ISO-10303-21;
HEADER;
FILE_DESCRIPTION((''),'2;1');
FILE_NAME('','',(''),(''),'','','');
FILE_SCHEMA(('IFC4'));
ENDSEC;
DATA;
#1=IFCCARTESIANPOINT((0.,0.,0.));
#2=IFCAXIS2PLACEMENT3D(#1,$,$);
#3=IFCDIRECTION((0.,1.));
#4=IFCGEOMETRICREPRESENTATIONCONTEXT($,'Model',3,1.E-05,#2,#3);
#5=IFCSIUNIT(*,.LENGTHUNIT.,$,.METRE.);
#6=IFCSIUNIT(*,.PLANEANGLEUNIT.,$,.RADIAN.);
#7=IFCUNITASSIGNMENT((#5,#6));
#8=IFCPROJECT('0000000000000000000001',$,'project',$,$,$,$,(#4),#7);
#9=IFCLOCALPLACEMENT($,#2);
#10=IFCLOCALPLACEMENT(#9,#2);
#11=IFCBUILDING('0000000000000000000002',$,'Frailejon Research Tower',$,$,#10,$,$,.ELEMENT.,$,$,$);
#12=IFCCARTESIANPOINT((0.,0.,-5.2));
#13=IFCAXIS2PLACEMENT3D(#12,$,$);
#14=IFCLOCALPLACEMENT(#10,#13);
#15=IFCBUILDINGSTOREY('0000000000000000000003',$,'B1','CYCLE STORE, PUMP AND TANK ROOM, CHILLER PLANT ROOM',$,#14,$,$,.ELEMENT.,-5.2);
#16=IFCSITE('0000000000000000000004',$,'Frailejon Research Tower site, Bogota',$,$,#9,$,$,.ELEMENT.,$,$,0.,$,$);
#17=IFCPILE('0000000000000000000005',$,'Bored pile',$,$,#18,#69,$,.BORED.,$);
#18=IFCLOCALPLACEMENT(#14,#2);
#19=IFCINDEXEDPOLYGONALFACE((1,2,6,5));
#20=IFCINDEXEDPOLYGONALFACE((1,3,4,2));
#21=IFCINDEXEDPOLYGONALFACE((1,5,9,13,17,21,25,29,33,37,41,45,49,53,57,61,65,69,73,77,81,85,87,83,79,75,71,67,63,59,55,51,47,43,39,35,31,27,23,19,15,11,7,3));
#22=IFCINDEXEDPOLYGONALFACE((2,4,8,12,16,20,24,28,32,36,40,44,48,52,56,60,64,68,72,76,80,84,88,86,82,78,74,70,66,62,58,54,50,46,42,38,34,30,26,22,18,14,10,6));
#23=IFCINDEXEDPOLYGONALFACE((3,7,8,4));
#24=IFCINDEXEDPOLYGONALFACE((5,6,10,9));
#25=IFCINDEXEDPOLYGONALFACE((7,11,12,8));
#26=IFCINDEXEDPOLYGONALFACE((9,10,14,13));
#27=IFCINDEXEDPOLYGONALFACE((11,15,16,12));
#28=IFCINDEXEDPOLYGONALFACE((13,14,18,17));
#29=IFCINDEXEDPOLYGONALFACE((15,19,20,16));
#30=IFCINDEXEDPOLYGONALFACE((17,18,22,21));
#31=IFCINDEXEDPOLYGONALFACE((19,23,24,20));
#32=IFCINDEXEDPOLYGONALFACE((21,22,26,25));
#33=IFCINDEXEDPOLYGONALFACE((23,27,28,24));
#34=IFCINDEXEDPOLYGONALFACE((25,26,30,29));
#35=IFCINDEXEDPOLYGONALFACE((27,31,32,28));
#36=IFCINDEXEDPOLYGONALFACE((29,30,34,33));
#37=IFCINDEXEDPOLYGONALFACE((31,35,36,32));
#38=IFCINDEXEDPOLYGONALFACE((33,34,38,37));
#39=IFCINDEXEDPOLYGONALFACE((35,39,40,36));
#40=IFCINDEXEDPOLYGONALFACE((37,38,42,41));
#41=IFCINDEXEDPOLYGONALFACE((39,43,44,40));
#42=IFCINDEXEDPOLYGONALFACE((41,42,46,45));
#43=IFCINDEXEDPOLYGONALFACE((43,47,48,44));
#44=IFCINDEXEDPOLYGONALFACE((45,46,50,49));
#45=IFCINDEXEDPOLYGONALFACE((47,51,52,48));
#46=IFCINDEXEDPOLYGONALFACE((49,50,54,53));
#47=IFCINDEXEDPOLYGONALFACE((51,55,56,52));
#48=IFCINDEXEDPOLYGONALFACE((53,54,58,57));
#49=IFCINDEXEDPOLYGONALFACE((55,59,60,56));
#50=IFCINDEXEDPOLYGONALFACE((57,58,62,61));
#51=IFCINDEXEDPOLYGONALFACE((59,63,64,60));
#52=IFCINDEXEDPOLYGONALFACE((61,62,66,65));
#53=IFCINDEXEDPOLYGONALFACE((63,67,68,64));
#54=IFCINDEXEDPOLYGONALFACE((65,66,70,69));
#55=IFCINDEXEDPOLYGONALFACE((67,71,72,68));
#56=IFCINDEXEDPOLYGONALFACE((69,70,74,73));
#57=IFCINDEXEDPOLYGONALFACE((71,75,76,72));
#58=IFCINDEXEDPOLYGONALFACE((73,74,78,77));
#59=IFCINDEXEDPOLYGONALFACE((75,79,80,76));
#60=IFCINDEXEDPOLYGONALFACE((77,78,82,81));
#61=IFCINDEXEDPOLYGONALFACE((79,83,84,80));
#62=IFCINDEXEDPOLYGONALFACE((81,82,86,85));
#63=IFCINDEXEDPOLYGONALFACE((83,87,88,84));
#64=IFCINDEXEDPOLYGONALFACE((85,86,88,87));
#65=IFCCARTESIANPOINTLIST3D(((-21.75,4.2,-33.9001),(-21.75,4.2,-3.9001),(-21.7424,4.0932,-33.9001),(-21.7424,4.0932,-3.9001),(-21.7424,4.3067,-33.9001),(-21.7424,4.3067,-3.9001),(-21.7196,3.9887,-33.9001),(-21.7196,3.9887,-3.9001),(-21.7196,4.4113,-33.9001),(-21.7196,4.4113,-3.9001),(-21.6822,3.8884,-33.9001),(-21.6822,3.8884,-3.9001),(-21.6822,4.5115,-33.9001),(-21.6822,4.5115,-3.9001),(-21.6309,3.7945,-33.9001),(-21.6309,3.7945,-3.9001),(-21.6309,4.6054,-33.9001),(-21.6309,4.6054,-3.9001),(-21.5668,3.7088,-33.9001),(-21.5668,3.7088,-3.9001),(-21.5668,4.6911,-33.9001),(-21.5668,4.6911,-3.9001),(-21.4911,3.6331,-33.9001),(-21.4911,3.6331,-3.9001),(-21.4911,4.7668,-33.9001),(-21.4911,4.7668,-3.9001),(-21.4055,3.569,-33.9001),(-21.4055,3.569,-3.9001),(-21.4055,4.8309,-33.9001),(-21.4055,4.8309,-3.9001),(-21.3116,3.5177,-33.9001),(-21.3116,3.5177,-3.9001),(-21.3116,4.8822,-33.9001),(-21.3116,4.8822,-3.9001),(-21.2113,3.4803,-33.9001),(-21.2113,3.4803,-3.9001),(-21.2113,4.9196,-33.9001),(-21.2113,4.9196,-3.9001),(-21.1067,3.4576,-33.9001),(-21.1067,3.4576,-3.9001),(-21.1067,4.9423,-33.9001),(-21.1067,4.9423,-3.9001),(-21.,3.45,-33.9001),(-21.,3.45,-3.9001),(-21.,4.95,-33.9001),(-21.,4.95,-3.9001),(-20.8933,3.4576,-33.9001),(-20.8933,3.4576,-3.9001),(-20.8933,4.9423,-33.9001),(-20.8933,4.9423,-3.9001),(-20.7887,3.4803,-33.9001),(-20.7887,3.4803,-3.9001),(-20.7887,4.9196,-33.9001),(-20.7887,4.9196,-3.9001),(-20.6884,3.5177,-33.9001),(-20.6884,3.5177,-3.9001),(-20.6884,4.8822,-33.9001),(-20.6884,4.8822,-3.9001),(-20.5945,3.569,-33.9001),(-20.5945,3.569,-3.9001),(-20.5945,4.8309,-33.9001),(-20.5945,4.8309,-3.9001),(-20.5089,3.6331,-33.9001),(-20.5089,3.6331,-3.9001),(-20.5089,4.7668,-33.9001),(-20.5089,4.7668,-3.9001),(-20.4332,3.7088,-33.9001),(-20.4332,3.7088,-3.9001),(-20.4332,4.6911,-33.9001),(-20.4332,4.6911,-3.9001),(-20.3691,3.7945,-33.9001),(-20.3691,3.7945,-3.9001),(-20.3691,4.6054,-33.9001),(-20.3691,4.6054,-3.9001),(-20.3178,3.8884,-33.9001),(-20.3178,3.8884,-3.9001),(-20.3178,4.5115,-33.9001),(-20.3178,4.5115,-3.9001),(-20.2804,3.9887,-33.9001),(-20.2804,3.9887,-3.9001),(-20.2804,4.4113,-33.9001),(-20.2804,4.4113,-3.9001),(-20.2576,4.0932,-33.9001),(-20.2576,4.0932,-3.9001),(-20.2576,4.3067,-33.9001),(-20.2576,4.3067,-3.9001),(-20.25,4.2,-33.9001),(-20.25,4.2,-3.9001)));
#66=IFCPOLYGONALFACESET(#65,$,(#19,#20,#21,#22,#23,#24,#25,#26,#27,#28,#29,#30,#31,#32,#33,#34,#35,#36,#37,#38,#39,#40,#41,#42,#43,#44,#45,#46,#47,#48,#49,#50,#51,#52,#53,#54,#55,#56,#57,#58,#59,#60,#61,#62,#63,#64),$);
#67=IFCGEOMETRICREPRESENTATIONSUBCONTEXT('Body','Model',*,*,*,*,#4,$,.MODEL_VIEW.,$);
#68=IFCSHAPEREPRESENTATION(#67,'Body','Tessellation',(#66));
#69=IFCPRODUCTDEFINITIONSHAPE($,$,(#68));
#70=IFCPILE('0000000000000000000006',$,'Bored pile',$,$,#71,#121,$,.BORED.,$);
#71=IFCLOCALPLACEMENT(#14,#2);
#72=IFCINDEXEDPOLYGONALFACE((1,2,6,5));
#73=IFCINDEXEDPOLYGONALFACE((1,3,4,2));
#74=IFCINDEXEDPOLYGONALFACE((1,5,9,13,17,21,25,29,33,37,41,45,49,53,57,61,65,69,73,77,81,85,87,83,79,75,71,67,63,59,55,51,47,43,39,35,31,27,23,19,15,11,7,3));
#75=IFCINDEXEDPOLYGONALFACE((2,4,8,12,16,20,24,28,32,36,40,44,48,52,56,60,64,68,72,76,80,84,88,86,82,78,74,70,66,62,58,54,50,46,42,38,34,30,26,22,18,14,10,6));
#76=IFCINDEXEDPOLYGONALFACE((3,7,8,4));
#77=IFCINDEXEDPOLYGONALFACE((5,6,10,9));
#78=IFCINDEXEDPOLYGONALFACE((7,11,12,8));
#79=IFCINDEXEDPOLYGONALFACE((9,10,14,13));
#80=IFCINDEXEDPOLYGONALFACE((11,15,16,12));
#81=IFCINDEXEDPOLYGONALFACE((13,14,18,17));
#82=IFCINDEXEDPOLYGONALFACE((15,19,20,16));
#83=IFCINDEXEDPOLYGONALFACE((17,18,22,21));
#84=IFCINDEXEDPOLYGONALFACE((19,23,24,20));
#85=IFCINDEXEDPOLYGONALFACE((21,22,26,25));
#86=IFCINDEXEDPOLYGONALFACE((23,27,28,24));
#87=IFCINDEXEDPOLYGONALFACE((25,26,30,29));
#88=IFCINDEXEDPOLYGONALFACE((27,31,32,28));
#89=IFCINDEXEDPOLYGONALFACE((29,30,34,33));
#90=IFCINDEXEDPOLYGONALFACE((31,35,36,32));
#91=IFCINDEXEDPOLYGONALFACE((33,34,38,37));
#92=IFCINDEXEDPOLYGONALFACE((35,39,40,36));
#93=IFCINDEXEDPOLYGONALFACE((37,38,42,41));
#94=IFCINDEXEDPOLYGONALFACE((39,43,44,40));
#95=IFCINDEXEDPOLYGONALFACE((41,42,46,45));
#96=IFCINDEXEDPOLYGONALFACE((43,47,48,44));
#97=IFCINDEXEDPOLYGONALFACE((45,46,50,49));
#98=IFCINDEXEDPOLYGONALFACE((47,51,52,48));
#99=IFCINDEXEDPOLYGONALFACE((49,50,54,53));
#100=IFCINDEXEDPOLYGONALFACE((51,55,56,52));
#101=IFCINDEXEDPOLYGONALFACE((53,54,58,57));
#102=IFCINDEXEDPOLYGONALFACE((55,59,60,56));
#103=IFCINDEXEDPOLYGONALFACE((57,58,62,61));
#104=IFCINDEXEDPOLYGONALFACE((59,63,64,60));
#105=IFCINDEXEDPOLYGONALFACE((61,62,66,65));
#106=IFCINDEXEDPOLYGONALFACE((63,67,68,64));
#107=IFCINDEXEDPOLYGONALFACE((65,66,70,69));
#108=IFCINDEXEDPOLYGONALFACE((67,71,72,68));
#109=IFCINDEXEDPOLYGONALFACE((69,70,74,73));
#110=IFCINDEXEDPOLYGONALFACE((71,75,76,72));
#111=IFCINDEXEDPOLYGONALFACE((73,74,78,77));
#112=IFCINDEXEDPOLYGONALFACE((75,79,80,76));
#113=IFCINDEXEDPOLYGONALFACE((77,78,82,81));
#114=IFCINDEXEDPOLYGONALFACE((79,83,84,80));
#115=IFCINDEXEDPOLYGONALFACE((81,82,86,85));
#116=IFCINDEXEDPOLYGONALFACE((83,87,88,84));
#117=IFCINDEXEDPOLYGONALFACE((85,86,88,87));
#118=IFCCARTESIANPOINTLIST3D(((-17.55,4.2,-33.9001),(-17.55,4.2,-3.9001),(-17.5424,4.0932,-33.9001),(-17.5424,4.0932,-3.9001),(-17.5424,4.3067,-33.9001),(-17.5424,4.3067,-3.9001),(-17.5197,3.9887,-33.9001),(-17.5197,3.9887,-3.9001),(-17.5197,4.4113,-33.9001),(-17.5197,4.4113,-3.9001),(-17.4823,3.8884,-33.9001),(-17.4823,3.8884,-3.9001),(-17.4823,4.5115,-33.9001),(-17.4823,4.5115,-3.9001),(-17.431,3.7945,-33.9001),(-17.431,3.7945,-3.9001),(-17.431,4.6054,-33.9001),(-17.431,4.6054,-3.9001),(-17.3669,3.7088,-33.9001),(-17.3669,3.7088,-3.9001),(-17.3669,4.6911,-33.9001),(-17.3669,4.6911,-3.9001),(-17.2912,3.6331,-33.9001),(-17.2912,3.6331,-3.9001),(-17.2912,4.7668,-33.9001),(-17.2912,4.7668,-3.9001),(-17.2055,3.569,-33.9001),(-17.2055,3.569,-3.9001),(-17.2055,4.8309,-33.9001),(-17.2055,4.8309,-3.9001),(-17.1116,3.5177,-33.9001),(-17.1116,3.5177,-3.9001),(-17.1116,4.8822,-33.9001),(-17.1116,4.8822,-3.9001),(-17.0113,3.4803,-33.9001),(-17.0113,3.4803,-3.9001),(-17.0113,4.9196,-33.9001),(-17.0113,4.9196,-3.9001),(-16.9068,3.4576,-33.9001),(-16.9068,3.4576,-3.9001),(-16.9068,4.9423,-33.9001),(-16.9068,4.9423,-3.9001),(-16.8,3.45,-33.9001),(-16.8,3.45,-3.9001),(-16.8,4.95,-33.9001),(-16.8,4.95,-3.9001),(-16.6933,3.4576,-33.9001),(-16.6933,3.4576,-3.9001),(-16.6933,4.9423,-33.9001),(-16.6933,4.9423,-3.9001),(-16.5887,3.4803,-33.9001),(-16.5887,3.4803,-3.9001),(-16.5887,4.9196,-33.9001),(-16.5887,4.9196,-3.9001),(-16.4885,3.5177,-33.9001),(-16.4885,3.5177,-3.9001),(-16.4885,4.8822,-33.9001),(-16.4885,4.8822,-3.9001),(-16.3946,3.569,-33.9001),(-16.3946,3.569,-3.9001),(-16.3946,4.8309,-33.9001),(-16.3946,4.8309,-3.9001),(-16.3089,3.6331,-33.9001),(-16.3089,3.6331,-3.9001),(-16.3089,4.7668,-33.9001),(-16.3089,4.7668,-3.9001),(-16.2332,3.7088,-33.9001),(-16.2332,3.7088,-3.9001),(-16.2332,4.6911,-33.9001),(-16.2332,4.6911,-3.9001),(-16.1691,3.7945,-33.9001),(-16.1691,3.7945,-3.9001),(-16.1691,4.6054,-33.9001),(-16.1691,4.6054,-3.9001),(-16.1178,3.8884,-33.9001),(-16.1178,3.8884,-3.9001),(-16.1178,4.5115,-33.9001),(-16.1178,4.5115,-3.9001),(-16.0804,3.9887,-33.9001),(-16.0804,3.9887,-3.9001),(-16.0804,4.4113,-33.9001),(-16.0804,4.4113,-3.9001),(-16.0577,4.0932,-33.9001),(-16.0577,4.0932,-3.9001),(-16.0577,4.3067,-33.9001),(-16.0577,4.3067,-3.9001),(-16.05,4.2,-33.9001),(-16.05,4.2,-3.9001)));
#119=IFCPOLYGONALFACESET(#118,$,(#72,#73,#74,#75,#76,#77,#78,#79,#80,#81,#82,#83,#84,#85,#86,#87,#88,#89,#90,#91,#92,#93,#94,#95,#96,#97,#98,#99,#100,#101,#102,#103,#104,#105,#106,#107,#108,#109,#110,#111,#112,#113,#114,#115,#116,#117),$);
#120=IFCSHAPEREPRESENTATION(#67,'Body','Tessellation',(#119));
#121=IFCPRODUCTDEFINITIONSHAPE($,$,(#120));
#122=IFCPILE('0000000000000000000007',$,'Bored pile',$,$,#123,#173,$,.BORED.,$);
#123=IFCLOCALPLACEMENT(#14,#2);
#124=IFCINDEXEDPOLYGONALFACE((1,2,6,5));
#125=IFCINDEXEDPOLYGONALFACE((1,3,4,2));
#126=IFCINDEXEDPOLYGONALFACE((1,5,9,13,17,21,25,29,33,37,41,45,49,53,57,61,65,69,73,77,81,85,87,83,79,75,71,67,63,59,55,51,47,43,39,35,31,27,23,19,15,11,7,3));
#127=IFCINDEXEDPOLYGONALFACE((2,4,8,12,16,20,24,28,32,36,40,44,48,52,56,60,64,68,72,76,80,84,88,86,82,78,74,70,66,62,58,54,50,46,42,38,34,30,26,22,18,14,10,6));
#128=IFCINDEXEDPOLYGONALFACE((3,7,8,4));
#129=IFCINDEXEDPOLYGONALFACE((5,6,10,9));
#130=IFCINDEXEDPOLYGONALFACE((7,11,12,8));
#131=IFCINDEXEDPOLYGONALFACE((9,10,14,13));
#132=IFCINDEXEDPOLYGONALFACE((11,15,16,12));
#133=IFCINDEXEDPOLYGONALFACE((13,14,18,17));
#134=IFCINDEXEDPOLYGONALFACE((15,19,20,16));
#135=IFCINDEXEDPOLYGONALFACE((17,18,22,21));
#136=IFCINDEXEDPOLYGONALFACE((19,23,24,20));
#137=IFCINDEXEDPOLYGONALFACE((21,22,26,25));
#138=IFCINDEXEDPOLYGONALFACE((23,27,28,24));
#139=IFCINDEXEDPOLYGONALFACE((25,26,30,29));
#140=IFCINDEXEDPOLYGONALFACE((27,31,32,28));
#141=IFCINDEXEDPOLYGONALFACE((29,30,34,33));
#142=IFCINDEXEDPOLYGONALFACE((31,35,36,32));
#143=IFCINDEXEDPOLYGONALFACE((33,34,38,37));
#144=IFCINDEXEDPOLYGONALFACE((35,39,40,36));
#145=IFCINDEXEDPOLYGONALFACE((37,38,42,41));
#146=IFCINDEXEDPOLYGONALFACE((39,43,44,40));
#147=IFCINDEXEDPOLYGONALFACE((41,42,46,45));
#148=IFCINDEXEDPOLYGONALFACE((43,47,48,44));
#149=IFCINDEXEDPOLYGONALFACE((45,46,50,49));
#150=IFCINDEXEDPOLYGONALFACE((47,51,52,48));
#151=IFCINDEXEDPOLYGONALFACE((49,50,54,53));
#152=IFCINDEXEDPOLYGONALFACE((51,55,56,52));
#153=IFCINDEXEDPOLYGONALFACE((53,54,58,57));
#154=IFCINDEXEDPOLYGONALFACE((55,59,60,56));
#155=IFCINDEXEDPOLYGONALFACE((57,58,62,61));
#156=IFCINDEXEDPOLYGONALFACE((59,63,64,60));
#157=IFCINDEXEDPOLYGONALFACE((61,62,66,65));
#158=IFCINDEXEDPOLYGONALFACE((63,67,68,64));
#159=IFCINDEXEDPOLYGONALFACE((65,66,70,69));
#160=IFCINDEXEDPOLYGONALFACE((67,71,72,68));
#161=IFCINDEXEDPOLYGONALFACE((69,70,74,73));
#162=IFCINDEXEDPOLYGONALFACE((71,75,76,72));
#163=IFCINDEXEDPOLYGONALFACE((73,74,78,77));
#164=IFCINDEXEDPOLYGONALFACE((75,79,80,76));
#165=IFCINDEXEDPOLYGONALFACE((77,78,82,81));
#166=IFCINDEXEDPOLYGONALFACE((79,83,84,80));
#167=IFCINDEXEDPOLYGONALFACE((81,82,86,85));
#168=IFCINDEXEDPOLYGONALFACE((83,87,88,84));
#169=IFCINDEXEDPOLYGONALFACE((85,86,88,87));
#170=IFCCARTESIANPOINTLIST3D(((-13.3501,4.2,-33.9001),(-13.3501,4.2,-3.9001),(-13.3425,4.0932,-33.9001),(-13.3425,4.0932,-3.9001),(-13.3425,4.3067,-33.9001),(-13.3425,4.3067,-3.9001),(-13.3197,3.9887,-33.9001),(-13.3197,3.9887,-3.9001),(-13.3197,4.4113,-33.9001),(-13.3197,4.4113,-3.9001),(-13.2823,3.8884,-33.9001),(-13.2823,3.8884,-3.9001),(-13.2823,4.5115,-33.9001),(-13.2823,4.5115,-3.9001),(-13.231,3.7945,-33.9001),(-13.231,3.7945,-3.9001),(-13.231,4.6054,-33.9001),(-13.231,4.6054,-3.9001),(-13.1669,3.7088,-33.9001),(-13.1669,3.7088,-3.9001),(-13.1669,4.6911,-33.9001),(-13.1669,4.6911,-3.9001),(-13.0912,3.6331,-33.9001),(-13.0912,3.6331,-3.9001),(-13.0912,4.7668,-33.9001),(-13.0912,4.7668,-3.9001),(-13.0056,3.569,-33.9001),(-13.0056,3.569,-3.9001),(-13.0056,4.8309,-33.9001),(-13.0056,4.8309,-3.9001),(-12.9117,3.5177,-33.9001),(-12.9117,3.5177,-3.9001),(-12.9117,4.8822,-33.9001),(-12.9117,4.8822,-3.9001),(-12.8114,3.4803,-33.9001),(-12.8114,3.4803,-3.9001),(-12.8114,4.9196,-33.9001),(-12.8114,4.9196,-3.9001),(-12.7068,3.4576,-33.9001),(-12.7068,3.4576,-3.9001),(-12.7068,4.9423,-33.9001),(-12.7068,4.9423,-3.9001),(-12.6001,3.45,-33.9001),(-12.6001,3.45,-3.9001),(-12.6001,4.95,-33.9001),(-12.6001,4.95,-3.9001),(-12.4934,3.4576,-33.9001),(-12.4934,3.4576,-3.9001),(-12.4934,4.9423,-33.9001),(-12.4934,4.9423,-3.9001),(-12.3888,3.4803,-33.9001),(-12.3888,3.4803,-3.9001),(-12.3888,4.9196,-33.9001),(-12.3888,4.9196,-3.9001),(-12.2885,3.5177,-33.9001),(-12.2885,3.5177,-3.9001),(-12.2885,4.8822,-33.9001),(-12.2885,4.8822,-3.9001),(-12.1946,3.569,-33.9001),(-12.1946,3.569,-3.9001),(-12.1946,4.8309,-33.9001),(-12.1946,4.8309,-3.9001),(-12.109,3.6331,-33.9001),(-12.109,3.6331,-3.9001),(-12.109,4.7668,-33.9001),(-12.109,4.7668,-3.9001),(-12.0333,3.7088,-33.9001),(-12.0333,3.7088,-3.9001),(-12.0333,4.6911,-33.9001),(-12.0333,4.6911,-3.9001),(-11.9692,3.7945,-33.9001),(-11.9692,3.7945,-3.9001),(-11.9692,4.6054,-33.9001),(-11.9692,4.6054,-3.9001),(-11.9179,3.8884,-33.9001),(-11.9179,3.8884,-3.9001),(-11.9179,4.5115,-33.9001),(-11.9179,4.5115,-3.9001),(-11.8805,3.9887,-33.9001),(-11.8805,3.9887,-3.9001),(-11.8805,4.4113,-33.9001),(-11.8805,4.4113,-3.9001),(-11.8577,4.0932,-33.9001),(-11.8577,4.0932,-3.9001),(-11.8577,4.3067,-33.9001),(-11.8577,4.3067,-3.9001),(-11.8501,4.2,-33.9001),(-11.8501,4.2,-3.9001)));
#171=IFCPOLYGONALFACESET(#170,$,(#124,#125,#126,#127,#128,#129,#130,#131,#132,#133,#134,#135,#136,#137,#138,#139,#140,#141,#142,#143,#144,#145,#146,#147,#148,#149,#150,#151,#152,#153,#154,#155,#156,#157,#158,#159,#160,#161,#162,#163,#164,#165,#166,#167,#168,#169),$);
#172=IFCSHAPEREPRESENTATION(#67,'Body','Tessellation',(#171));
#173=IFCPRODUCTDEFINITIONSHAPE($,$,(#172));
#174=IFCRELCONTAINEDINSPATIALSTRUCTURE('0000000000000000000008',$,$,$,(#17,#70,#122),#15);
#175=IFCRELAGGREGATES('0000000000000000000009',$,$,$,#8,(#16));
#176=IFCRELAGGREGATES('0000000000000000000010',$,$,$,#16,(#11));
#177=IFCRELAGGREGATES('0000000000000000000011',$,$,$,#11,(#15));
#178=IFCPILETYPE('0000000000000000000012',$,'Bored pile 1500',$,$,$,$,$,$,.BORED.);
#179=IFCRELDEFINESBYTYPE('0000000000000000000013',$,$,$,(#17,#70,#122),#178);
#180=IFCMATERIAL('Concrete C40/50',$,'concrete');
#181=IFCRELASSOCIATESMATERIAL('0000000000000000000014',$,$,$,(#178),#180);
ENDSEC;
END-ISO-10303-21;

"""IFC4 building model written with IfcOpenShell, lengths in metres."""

from ifc_helpers import new_model, si_unit, direction, frame, origin, origin_2d, place, context, subcontext, project, spatial, circle, extrude, material, material_profile, profile_set, type_object, element, save


model = new_model("IFC4")

# Units and contexts
model_context = context("Model", 3, precision=1e-05, world=origin(), true_north=direction((0.0, 1.0)))
body_context = subcontext(model_context, "Body", "Model", "MODEL_VIEW")
ifc_project = project(units=[si_unit("LENGTHUNIT", "METRE"), si_unit("PLANEANGLEUNIT", "RADIAN")], contexts=[model_context])

# Site, building, storey
site_placement = place(None, origin())
site = spatial("IfcSite", under=ifc_project, at=site_placement, Name="Frailejon Research Tower site, Bogota", CompositionType="ELEMENT", RefElevation=0.0)
building_placement = place(site_placement, origin())
building = spatial("IfcBuilding", under=site, at=building_placement, Name="Frailejon Research Tower", CompositionType="ELEMENT")
storey_placement = place(building_placement, frame((0.0, 0.0, -5.2)))
storey = spatial("IfcBuildingStorey", under=building, at=storey_placement, Name="B1", Description="CYCLE STORE, PUMP AND TANK ROOM, CHILLER PLANT ROOM", CompositionType="ELEMENT", Elevation=-5.2)

# Piles
ifc_material_1 = material(Name="Concrete C40/50", Category="concrete")
ifc_material_profile_1 = material_profile(ifc_material_1, circle(Radius=0.75, at=origin_2d()), Name="Bored pile 1500")
ifc_profile_set_1 = profile_set([ifc_material_profile_1], Name="Concrete C40/50")
pile_type = type_object("IfcPileType", Name="Bored pile 1500", PredefinedType="BORED", material=ifc_profile_set_1)
for number, where, z_axis, x_axis, name in (
    (1, (-21.0, 4.2, -3.9001), (0.0, 0.0, -1.0), (1.0, 0.0, 0.0), "Bored pile"),
    (2, (-16.8, 4.2, -3.9001), (0.0, 0.0, -1.0), (1.0, 0.0, 0.0), "Bored pile"),
    (3, (-12.6001, 4.2, -3.9001), (0.0, 0.0, -1.0), (1.0, 0.0, 0.0), "Bored pile"),
):
    element("IfcPile", number, at=place(storey_placement, frame(where, z_axis=z_axis, x_axis=x_axis)), inside=storey, type_object=pile_type, Name=name, PredefinedType="BORED", context=body_context, shape_type="SweptSolid", body=[
        extrude(circle(Radius=0.75, at=origin_2d()), origin(), (0.0, 0.0, 1.0), 30.0),
    ])

save(model, "model.ifc")
